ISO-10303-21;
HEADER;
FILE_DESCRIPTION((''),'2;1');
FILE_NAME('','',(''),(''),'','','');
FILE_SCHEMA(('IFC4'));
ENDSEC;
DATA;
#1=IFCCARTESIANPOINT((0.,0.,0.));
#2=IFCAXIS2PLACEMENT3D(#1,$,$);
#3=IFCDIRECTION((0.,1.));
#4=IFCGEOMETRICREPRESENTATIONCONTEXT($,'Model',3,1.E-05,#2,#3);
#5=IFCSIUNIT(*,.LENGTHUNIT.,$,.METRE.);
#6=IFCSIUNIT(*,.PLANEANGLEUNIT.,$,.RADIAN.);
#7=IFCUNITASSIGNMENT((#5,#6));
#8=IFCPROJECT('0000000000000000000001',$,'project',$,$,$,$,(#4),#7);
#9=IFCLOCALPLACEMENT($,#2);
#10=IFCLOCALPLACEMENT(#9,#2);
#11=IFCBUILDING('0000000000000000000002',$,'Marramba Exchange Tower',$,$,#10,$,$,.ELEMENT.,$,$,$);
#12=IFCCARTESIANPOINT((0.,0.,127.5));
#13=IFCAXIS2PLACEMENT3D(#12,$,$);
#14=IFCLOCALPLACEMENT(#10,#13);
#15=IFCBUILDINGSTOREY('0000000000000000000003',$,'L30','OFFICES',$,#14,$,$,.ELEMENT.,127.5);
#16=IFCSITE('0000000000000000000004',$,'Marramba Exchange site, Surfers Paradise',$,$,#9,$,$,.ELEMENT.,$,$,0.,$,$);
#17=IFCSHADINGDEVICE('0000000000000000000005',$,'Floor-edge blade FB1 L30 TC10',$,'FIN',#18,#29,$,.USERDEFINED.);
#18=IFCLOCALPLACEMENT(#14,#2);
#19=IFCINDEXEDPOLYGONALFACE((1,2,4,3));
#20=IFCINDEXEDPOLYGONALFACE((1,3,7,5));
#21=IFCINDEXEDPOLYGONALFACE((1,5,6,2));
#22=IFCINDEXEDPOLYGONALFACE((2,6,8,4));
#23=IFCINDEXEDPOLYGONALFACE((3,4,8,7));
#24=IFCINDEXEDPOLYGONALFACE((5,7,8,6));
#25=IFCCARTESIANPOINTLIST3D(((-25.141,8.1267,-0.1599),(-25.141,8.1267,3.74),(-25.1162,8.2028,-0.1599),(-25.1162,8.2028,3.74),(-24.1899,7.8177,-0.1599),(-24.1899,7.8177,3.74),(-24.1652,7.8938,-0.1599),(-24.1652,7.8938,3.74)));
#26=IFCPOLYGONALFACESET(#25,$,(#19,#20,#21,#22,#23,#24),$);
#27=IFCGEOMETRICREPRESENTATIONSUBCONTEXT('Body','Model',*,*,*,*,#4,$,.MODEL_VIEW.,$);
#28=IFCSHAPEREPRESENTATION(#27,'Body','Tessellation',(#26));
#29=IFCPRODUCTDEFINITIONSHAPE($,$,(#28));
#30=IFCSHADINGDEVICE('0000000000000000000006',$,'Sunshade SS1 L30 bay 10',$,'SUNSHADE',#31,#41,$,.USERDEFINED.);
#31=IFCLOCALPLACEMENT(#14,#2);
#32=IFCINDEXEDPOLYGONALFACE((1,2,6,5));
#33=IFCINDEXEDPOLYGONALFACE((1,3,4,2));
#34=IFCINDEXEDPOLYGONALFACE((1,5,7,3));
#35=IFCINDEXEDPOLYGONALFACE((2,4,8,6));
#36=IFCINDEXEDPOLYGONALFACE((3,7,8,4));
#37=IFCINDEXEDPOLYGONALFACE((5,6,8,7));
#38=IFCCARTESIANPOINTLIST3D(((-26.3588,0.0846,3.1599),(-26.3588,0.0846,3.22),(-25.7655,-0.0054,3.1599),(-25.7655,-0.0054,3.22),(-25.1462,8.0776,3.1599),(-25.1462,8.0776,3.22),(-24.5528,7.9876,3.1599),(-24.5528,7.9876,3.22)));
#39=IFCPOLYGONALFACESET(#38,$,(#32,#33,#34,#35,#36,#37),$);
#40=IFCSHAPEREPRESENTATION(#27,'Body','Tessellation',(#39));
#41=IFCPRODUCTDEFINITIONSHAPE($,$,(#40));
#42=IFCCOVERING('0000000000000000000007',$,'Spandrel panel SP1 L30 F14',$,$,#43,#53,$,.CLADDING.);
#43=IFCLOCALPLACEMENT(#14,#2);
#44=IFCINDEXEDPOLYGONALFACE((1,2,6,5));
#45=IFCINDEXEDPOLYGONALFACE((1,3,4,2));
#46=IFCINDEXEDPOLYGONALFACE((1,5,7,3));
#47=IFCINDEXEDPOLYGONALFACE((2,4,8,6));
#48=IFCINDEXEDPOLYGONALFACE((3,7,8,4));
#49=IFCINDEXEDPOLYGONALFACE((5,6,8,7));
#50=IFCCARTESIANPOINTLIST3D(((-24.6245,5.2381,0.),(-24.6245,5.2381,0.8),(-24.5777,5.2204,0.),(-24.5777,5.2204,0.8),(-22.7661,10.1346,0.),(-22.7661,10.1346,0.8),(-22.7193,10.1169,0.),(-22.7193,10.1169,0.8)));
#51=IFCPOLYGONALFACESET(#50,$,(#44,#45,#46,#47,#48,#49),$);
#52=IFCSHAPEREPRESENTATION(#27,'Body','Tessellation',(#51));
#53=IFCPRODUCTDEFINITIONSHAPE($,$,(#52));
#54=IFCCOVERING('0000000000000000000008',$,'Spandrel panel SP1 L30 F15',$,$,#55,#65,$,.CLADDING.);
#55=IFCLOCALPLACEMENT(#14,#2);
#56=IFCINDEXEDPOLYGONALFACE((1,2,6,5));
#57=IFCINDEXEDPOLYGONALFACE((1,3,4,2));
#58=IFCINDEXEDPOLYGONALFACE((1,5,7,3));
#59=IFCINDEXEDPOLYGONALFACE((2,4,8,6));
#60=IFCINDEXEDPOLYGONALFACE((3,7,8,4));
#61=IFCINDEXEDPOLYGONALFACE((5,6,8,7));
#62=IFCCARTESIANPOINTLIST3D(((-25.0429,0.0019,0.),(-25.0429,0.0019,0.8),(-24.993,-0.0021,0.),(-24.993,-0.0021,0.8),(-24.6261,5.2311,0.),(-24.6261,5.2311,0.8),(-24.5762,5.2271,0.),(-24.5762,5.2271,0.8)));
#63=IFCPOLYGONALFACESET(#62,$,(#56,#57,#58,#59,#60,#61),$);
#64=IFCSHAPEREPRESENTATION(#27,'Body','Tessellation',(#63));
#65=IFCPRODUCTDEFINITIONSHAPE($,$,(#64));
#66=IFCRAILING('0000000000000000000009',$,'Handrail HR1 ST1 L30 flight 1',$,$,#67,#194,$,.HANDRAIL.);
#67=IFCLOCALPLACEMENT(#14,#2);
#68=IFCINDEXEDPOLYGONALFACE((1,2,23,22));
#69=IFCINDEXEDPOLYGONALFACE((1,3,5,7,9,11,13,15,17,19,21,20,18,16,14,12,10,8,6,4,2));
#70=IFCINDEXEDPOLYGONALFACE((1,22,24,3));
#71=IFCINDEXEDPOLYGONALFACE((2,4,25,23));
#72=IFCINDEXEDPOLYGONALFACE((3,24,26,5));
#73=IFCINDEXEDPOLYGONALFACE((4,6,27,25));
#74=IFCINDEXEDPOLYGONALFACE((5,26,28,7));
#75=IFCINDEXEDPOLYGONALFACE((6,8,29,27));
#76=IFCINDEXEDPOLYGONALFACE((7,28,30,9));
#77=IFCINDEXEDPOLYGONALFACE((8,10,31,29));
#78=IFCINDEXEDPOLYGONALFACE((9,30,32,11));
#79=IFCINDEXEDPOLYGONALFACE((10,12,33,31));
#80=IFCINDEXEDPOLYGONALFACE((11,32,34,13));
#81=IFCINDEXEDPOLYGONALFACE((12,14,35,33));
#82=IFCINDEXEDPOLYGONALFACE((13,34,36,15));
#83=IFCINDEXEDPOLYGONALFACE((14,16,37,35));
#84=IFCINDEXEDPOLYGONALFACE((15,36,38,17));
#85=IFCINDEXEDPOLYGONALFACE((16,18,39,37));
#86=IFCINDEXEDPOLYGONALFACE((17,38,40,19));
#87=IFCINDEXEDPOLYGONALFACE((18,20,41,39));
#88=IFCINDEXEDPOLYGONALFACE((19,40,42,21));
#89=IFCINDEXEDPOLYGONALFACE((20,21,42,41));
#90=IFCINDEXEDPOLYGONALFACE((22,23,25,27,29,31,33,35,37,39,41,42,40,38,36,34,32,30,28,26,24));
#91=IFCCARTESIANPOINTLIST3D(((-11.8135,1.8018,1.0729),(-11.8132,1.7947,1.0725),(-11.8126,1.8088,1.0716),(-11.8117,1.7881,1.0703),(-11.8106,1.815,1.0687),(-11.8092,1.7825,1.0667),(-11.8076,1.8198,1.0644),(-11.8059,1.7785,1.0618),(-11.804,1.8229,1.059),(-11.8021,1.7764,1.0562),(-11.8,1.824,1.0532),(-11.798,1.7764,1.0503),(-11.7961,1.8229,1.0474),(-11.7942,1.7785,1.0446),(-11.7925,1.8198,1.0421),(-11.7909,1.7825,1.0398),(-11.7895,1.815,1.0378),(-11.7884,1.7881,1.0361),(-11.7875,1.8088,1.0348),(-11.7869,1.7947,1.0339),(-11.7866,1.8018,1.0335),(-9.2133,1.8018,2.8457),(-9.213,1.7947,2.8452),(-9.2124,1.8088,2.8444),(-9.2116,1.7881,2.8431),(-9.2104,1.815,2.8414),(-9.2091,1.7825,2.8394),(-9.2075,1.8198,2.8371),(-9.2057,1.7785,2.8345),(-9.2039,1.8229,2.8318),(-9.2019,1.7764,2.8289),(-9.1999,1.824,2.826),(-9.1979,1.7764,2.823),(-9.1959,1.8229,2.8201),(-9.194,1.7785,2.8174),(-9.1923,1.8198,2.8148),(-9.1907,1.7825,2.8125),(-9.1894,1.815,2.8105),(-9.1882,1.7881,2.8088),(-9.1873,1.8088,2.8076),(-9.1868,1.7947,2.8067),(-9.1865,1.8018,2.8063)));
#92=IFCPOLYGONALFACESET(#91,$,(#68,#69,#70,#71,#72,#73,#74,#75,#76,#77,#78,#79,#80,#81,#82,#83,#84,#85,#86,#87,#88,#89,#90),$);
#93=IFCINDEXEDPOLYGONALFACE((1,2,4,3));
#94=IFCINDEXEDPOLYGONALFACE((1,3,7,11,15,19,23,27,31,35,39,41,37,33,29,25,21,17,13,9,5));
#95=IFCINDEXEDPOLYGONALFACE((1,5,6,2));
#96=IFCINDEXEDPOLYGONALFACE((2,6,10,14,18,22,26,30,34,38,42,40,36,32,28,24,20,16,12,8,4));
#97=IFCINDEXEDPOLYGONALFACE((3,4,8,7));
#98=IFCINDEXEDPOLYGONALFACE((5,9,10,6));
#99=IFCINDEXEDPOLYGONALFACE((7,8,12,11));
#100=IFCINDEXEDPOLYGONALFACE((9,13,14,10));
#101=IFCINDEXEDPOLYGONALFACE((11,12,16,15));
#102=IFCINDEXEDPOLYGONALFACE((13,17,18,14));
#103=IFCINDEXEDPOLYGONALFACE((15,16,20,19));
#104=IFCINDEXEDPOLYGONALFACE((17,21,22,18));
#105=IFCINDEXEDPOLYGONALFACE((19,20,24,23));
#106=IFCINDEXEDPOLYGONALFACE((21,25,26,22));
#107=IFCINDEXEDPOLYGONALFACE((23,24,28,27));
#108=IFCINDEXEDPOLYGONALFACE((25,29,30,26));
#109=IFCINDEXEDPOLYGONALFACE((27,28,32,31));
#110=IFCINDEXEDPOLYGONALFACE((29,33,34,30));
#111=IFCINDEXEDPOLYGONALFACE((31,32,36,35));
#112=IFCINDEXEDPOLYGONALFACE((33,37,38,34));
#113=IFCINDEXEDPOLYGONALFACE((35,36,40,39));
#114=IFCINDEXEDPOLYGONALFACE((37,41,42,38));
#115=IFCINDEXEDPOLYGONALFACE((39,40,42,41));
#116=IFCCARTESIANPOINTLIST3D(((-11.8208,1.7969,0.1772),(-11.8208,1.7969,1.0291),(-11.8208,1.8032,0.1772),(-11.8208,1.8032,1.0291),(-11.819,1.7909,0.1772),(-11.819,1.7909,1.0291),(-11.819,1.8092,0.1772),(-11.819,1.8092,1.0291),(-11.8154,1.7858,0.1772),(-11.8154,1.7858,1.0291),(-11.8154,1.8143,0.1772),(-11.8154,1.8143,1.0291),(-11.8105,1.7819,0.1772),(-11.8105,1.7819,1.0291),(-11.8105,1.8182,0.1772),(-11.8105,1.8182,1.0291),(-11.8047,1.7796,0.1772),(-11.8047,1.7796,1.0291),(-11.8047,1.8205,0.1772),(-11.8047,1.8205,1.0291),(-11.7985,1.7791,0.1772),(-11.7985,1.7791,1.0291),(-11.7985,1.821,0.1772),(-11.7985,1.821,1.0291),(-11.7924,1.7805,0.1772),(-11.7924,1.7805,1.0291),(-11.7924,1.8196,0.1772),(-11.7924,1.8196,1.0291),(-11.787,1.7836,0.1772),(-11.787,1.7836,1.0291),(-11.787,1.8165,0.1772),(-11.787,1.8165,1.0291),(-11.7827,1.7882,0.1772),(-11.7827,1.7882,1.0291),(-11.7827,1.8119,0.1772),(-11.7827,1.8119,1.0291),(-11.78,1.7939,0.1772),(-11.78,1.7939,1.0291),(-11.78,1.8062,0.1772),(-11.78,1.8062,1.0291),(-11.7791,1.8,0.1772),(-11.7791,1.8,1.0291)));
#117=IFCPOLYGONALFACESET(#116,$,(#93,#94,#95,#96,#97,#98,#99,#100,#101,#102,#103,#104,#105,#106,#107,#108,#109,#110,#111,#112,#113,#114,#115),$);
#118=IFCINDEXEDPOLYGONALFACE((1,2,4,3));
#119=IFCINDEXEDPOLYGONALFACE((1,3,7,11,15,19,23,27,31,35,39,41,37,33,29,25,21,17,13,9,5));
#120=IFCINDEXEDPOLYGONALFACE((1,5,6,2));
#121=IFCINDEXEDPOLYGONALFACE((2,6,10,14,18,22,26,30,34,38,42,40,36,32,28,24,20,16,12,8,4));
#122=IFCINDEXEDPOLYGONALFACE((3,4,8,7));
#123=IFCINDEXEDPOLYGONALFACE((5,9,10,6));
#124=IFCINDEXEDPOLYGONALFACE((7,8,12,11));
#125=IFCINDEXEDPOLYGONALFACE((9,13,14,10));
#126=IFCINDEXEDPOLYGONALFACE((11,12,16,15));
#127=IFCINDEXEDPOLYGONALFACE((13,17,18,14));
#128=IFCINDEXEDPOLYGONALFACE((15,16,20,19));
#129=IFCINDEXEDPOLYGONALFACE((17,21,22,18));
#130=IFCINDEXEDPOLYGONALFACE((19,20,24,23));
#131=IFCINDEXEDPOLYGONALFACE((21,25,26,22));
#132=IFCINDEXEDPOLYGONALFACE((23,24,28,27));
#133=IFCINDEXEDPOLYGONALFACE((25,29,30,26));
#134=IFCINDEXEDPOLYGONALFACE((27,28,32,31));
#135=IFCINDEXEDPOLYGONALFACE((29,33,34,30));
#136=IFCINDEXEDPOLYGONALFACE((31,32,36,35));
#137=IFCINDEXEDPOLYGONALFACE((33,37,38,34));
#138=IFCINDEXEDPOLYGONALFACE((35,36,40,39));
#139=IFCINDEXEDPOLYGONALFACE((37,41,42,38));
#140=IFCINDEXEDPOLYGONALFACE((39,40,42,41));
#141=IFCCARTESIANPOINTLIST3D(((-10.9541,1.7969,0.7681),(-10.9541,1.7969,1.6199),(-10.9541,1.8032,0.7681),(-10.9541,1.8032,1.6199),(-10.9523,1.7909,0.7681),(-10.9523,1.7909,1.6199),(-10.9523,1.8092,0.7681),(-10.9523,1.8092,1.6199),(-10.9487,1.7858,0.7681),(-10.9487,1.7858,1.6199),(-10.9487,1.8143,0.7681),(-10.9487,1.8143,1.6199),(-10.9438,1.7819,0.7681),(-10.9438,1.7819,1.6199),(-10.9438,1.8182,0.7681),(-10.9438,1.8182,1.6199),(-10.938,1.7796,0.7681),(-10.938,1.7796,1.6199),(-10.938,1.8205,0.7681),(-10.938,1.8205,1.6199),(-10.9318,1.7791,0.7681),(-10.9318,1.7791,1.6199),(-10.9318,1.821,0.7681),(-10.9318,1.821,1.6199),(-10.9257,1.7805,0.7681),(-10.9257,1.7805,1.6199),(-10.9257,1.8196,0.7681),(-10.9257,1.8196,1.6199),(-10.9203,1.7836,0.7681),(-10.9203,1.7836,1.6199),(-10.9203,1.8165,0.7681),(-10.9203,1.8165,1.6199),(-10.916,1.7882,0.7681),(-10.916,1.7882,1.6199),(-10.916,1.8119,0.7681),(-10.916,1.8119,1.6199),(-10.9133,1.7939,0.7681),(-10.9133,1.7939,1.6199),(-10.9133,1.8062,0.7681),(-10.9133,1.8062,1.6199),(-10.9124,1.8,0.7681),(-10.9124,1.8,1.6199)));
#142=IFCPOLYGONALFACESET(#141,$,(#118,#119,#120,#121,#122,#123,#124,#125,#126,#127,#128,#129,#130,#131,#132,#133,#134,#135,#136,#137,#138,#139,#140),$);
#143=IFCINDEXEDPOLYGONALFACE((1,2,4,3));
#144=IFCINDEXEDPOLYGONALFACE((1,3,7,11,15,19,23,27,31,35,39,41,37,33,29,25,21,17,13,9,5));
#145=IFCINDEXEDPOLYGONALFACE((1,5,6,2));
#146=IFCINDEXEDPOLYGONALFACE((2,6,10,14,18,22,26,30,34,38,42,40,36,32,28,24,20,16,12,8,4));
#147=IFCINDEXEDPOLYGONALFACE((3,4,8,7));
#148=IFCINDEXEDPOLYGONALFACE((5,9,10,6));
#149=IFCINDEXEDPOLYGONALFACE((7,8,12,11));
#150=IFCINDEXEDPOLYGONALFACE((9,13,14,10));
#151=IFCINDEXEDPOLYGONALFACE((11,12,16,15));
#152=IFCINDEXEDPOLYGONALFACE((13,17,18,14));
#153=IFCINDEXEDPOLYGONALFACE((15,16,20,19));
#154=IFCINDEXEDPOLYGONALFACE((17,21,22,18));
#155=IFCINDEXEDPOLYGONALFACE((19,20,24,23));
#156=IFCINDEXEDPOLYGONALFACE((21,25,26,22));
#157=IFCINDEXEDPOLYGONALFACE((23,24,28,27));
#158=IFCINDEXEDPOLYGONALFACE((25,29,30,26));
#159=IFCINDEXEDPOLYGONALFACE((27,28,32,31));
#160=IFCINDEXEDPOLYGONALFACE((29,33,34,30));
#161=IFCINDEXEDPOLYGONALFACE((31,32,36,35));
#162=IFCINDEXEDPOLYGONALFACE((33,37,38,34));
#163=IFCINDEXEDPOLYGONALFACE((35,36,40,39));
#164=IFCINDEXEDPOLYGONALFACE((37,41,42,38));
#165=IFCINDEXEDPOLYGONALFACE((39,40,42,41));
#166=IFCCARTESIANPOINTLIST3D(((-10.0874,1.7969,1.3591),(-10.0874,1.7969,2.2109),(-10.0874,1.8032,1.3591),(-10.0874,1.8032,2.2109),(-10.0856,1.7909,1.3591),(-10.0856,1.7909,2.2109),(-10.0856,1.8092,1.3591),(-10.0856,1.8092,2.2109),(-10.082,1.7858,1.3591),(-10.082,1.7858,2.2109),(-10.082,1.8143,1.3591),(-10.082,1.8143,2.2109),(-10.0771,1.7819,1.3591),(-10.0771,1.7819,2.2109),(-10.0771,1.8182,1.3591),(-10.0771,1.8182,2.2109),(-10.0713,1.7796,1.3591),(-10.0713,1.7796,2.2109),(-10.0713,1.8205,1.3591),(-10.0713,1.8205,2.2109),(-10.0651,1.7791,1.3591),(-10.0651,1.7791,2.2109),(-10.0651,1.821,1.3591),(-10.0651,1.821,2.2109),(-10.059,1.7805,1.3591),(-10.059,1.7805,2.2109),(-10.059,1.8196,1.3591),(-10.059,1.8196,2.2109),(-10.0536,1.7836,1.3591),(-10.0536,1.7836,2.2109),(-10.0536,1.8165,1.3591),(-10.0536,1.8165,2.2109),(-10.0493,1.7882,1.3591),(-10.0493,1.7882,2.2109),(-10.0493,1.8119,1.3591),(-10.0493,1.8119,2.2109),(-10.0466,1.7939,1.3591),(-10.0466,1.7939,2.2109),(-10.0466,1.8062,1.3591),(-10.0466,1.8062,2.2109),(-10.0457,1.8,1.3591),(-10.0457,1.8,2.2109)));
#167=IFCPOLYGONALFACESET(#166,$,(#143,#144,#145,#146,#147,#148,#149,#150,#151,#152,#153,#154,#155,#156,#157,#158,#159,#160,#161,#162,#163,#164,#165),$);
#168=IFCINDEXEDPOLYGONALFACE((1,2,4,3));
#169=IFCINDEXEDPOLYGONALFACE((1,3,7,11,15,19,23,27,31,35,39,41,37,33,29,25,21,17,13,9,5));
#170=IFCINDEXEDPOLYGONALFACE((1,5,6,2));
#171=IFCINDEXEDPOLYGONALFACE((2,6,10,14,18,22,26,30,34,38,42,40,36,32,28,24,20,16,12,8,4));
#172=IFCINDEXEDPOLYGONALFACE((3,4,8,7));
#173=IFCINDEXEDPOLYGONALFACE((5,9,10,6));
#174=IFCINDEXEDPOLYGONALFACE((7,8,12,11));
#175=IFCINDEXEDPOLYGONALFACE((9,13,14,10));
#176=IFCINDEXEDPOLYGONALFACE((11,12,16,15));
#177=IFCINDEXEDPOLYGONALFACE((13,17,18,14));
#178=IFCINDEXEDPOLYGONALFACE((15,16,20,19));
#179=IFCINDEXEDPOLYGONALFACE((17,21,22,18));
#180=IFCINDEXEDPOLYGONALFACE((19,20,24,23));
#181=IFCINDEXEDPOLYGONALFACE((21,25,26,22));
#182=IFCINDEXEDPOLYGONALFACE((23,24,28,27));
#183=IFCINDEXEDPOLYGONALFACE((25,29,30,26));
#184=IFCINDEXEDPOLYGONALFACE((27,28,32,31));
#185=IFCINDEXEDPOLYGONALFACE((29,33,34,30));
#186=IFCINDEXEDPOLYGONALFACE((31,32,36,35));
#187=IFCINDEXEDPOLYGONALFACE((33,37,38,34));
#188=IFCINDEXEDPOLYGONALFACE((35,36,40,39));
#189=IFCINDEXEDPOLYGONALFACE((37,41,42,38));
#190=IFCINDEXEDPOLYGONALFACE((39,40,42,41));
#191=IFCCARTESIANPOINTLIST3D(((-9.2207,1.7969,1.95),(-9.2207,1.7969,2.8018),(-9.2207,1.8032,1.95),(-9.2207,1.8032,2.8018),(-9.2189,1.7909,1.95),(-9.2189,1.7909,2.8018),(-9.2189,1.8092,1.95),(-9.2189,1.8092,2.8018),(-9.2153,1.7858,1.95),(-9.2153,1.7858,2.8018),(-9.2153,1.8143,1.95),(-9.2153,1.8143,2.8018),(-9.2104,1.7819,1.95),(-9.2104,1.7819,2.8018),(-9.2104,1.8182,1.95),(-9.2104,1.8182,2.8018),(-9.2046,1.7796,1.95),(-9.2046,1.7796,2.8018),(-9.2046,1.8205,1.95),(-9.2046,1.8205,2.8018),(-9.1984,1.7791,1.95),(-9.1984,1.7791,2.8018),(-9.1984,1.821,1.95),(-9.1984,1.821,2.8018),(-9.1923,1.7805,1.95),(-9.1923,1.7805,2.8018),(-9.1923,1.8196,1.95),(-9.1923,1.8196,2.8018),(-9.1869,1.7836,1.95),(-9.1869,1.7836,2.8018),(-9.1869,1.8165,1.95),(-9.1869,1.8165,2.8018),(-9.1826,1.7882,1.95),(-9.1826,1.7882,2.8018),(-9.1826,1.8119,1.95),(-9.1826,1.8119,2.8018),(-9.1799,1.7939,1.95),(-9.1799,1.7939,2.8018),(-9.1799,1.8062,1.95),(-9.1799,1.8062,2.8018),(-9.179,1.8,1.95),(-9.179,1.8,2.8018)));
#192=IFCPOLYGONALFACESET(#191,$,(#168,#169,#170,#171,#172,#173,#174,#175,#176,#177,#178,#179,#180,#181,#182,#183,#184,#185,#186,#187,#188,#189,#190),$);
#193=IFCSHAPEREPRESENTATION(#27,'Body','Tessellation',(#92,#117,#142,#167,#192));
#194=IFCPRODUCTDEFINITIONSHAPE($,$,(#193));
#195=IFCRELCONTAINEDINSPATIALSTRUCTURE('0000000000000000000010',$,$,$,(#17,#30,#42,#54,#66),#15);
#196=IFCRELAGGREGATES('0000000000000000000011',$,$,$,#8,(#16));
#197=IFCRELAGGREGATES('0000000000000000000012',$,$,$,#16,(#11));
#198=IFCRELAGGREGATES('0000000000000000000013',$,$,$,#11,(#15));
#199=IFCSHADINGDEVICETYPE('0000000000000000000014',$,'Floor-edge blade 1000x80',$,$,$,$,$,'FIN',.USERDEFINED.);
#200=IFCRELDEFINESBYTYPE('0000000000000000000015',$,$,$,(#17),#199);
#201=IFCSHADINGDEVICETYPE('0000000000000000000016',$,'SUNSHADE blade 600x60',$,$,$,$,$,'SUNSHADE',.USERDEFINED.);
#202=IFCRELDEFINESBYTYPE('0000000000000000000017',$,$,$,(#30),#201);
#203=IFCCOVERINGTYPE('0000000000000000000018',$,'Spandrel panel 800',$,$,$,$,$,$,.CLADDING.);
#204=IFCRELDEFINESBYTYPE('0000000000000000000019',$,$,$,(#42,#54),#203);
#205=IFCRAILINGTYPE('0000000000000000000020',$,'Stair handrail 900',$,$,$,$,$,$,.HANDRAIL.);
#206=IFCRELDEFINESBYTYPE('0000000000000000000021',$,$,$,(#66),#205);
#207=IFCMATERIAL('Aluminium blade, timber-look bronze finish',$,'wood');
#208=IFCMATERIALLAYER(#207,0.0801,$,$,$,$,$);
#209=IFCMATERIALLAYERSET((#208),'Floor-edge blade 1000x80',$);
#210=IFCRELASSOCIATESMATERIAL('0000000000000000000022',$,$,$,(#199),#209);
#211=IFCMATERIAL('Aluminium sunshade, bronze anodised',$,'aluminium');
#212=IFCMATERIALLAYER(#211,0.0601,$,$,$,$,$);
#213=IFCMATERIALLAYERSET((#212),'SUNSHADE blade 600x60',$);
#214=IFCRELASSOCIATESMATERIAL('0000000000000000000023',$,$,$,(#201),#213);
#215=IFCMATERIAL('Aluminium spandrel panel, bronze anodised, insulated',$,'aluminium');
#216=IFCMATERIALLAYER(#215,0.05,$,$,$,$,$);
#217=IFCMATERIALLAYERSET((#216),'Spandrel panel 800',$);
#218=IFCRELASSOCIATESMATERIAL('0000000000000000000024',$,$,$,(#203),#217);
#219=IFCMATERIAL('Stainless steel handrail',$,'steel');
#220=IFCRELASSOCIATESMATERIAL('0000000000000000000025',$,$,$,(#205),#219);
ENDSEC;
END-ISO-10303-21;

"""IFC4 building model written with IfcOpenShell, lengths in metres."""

from ifc_helpers import new_model, si_unit, direction, frame, origin, origin_2d, place, context, subcontext, project, spatial, rectangle, circle, extrude, material, layer, layer_set, type_object, element, save


model = new_model("IFC4")

# Units and contexts
model_context = context("Model", 3, precision=1e-05, world=origin(), true_north=direction((0.0, 1.0)))
body_context = subcontext(model_context, "Body", "Model", "MODEL_VIEW")
ifc_project = project(units=[si_unit("LENGTHUNIT", "METRE"), si_unit("PLANEANGLEUNIT", "RADIAN")], contexts=[model_context])

# Site, building, storey
site_placement = place(None, origin())
site = spatial("IfcSite", under=ifc_project, at=site_placement, Name="Marramba Exchange site, Surfers Paradise", CompositionType="ELEMENT", RefElevation=0.0)
building_placement = place(site_placement, origin())
building = spatial("IfcBuilding", under=site, at=building_placement, Name="Marramba Exchange Tower", CompositionType="ELEMENT")
storey_placement = place(building_placement, frame((0.0, 0.0, 127.5)))
storey = spatial("IfcBuildingStorey", under=building, at=storey_placement, Name="L30", Description="OFFICES", CompositionType="ELEMENT", Elevation=127.5)

# Shading devices
ifc_material_1 = material(Name="Aluminium blade, timber-look bronze finish", Category="wood")
ifc_layer_1 = layer(ifc_material_1, 0.0801)
ifc_layer_set_1 = layer_set([ifc_layer_1], Name="Floor-edge blade 1000x80")
shading_device_type_1 = type_object("IfcShadingDeviceType", Name="Floor-edge blade 1000x80", ElementType="FIN", PredefinedType="USERDEFINED", material=ifc_layer_set_1)
shading_device_1_placement = place(storey_placement, frame((-24.6531, 8.0103, -0.1599), z_axis=(0.0, 0.0, 1.0), x_axis=(-0.951057, 0.309017, 0.0)))
element("IfcShadingDevice", 1, at=shading_device_1_placement, inside=storey, type_object=shading_device_type_1, Name="Floor-edge blade FB1 L30 TC10", ObjectType="FIN", PredefinedType="USERDEFINED", context=body_context, shape_type="SweptSolid", body=[
    extrude(rectangle(XDim=1.0, YDim=0.0801, at=origin_2d()), origin(), (0.0, 0.0, 1.0), 3.8999),
])
ifc_material_2 = material(Name="Aluminium sunshade, bronze anodised", Category="aluminium")
ifc_layer_2 = layer(ifc_material_2, 0.0601)
ifc_layer_set_2 = layer_set([ifc_layer_2], Name="SUNSHADE blade 600x60")
shading_device_type_2 = type_object("IfcShadingDeviceType", Name="SUNSHADE blade 600x60", ElementType="SUNSHADE", PredefinedType="USERDEFINED", material=ifc_layer_set_2)
shading_device_2_placement = place(storey_placement, frame((-25.4558, 4.0361, 3.1599), z_axis=(0.0, 0.0, 1.0), x_axis=(-0.149993, -0.988687, 0.0)))
element("IfcShadingDevice", 2, at=shading_device_2_placement, inside=storey, type_object=shading_device_type_2, Name="Sunshade SS1 L30 bay 10", ObjectType="SUNSHADE", PredefinedType="USERDEFINED", context=body_context, shape_type="SweptSolid", body=[
    extrude(rectangle(XDim=8.0845, YDim=0.6001, at=origin_2d()), origin(), (0.0, 0.0, 1.0), 0.0601),
])

# Coverings
ifc_material_3 = material(Name="Aluminium spandrel panel, bronze anodised, insulated", Category="aluminium")
ifc_layer_3 = layer(ifc_material_3, 0.05)
ifc_layer_set_3 = layer_set([ifc_layer_3], Name="Spandrel panel 800")
covering_type = type_object("IfcCoveringType", Name="Spandrel panel 800", PredefinedType="CLADDING", material=ifc_layer_set_3)
covering_1_placement = place(storey_placement, frame((-23.6719, 7.6775, 0.0), z_axis=(0.0, 0.0, 1.0), x_axis=(-0.354844, -0.934925, 0.0)))
element("IfcCovering", 3, at=covering_1_placement, inside=storey, type_object=covering_type, Name="Spandrel panel SP1 L30 F14", PredefinedType="CLADDING", context=body_context, shape_type="SweptSolid", body=[
    extrude(rectangle(XDim=5.2373, YDim=0.05, at=origin_2d()), origin(), (0.0, 0.0, 1.0), 0.8),
])
covering_2_placement = place(storey_placement, frame((-24.8096, 2.6145, 0.0), z_axis=(0.0, 0.0, 1.0), x_axis=(-0.07946, -0.996838, 0.0)))
element("IfcCovering", 4, at=covering_2_placement, inside=storey, type_object=covering_type, Name="Spandrel panel SP1 L30 F15", PredefinedType="CLADDING", context=body_context, shape_type="SweptSolid", body=[
    extrude(rectangle(XDim=5.2458, YDim=0.05, at=origin_2d()), origin(), (0.0, 0.0, 1.0), 0.8),
])

# Railing
ifc_material_4 = material(Name="Stainless steel handrail", Category="steel")
railing_type = type_object("IfcRailingType", Name="Stair handrail 900", PredefinedType="HANDRAIL", material=ifc_material_4)
railing_placement = place(storey_placement, frame((-11.8, 1.8, 0.1772)))
element("IfcRailing", 5, at=railing_placement, inside=storey, type_object=railing_type, Name="Handrail HR1 ST1 L30 flight 1", PredefinedType="HANDRAIL", context=body_context, shape_type="SweptSolid", body=[
    extrude(circle(Radius=0.0239, at=origin_2d()), frame((0.0, 0.0, 0.876), z_axis=(0.82624, 0.0, 0.563318), x_axis=(0.0, 1.0, 0.0)), (0.0, 0.0, 1.0), 3.147),
    extrude(circle(Radius=0.021, at=origin_2d()), origin(), (0.0, 0.0, 1.0), 0.8518),
    extrude(circle(Radius=0.021, at=origin_2d()), frame((0.8667, 0.0, 0.5908)), (0.0, 0.0, 1.0), 0.8518),
    extrude(circle(Radius=0.021, at=origin_2d()), frame((1.7334, 0.0, 1.1819)), (0.0, 0.0, 1.0), 0.8518),
    extrude(circle(Radius=0.021, at=origin_2d()), frame((2.6001, 0.0, 1.7727)), (0.0, 0.0, 1.0), 0.8518),
])

save(model, "model.ifc")
